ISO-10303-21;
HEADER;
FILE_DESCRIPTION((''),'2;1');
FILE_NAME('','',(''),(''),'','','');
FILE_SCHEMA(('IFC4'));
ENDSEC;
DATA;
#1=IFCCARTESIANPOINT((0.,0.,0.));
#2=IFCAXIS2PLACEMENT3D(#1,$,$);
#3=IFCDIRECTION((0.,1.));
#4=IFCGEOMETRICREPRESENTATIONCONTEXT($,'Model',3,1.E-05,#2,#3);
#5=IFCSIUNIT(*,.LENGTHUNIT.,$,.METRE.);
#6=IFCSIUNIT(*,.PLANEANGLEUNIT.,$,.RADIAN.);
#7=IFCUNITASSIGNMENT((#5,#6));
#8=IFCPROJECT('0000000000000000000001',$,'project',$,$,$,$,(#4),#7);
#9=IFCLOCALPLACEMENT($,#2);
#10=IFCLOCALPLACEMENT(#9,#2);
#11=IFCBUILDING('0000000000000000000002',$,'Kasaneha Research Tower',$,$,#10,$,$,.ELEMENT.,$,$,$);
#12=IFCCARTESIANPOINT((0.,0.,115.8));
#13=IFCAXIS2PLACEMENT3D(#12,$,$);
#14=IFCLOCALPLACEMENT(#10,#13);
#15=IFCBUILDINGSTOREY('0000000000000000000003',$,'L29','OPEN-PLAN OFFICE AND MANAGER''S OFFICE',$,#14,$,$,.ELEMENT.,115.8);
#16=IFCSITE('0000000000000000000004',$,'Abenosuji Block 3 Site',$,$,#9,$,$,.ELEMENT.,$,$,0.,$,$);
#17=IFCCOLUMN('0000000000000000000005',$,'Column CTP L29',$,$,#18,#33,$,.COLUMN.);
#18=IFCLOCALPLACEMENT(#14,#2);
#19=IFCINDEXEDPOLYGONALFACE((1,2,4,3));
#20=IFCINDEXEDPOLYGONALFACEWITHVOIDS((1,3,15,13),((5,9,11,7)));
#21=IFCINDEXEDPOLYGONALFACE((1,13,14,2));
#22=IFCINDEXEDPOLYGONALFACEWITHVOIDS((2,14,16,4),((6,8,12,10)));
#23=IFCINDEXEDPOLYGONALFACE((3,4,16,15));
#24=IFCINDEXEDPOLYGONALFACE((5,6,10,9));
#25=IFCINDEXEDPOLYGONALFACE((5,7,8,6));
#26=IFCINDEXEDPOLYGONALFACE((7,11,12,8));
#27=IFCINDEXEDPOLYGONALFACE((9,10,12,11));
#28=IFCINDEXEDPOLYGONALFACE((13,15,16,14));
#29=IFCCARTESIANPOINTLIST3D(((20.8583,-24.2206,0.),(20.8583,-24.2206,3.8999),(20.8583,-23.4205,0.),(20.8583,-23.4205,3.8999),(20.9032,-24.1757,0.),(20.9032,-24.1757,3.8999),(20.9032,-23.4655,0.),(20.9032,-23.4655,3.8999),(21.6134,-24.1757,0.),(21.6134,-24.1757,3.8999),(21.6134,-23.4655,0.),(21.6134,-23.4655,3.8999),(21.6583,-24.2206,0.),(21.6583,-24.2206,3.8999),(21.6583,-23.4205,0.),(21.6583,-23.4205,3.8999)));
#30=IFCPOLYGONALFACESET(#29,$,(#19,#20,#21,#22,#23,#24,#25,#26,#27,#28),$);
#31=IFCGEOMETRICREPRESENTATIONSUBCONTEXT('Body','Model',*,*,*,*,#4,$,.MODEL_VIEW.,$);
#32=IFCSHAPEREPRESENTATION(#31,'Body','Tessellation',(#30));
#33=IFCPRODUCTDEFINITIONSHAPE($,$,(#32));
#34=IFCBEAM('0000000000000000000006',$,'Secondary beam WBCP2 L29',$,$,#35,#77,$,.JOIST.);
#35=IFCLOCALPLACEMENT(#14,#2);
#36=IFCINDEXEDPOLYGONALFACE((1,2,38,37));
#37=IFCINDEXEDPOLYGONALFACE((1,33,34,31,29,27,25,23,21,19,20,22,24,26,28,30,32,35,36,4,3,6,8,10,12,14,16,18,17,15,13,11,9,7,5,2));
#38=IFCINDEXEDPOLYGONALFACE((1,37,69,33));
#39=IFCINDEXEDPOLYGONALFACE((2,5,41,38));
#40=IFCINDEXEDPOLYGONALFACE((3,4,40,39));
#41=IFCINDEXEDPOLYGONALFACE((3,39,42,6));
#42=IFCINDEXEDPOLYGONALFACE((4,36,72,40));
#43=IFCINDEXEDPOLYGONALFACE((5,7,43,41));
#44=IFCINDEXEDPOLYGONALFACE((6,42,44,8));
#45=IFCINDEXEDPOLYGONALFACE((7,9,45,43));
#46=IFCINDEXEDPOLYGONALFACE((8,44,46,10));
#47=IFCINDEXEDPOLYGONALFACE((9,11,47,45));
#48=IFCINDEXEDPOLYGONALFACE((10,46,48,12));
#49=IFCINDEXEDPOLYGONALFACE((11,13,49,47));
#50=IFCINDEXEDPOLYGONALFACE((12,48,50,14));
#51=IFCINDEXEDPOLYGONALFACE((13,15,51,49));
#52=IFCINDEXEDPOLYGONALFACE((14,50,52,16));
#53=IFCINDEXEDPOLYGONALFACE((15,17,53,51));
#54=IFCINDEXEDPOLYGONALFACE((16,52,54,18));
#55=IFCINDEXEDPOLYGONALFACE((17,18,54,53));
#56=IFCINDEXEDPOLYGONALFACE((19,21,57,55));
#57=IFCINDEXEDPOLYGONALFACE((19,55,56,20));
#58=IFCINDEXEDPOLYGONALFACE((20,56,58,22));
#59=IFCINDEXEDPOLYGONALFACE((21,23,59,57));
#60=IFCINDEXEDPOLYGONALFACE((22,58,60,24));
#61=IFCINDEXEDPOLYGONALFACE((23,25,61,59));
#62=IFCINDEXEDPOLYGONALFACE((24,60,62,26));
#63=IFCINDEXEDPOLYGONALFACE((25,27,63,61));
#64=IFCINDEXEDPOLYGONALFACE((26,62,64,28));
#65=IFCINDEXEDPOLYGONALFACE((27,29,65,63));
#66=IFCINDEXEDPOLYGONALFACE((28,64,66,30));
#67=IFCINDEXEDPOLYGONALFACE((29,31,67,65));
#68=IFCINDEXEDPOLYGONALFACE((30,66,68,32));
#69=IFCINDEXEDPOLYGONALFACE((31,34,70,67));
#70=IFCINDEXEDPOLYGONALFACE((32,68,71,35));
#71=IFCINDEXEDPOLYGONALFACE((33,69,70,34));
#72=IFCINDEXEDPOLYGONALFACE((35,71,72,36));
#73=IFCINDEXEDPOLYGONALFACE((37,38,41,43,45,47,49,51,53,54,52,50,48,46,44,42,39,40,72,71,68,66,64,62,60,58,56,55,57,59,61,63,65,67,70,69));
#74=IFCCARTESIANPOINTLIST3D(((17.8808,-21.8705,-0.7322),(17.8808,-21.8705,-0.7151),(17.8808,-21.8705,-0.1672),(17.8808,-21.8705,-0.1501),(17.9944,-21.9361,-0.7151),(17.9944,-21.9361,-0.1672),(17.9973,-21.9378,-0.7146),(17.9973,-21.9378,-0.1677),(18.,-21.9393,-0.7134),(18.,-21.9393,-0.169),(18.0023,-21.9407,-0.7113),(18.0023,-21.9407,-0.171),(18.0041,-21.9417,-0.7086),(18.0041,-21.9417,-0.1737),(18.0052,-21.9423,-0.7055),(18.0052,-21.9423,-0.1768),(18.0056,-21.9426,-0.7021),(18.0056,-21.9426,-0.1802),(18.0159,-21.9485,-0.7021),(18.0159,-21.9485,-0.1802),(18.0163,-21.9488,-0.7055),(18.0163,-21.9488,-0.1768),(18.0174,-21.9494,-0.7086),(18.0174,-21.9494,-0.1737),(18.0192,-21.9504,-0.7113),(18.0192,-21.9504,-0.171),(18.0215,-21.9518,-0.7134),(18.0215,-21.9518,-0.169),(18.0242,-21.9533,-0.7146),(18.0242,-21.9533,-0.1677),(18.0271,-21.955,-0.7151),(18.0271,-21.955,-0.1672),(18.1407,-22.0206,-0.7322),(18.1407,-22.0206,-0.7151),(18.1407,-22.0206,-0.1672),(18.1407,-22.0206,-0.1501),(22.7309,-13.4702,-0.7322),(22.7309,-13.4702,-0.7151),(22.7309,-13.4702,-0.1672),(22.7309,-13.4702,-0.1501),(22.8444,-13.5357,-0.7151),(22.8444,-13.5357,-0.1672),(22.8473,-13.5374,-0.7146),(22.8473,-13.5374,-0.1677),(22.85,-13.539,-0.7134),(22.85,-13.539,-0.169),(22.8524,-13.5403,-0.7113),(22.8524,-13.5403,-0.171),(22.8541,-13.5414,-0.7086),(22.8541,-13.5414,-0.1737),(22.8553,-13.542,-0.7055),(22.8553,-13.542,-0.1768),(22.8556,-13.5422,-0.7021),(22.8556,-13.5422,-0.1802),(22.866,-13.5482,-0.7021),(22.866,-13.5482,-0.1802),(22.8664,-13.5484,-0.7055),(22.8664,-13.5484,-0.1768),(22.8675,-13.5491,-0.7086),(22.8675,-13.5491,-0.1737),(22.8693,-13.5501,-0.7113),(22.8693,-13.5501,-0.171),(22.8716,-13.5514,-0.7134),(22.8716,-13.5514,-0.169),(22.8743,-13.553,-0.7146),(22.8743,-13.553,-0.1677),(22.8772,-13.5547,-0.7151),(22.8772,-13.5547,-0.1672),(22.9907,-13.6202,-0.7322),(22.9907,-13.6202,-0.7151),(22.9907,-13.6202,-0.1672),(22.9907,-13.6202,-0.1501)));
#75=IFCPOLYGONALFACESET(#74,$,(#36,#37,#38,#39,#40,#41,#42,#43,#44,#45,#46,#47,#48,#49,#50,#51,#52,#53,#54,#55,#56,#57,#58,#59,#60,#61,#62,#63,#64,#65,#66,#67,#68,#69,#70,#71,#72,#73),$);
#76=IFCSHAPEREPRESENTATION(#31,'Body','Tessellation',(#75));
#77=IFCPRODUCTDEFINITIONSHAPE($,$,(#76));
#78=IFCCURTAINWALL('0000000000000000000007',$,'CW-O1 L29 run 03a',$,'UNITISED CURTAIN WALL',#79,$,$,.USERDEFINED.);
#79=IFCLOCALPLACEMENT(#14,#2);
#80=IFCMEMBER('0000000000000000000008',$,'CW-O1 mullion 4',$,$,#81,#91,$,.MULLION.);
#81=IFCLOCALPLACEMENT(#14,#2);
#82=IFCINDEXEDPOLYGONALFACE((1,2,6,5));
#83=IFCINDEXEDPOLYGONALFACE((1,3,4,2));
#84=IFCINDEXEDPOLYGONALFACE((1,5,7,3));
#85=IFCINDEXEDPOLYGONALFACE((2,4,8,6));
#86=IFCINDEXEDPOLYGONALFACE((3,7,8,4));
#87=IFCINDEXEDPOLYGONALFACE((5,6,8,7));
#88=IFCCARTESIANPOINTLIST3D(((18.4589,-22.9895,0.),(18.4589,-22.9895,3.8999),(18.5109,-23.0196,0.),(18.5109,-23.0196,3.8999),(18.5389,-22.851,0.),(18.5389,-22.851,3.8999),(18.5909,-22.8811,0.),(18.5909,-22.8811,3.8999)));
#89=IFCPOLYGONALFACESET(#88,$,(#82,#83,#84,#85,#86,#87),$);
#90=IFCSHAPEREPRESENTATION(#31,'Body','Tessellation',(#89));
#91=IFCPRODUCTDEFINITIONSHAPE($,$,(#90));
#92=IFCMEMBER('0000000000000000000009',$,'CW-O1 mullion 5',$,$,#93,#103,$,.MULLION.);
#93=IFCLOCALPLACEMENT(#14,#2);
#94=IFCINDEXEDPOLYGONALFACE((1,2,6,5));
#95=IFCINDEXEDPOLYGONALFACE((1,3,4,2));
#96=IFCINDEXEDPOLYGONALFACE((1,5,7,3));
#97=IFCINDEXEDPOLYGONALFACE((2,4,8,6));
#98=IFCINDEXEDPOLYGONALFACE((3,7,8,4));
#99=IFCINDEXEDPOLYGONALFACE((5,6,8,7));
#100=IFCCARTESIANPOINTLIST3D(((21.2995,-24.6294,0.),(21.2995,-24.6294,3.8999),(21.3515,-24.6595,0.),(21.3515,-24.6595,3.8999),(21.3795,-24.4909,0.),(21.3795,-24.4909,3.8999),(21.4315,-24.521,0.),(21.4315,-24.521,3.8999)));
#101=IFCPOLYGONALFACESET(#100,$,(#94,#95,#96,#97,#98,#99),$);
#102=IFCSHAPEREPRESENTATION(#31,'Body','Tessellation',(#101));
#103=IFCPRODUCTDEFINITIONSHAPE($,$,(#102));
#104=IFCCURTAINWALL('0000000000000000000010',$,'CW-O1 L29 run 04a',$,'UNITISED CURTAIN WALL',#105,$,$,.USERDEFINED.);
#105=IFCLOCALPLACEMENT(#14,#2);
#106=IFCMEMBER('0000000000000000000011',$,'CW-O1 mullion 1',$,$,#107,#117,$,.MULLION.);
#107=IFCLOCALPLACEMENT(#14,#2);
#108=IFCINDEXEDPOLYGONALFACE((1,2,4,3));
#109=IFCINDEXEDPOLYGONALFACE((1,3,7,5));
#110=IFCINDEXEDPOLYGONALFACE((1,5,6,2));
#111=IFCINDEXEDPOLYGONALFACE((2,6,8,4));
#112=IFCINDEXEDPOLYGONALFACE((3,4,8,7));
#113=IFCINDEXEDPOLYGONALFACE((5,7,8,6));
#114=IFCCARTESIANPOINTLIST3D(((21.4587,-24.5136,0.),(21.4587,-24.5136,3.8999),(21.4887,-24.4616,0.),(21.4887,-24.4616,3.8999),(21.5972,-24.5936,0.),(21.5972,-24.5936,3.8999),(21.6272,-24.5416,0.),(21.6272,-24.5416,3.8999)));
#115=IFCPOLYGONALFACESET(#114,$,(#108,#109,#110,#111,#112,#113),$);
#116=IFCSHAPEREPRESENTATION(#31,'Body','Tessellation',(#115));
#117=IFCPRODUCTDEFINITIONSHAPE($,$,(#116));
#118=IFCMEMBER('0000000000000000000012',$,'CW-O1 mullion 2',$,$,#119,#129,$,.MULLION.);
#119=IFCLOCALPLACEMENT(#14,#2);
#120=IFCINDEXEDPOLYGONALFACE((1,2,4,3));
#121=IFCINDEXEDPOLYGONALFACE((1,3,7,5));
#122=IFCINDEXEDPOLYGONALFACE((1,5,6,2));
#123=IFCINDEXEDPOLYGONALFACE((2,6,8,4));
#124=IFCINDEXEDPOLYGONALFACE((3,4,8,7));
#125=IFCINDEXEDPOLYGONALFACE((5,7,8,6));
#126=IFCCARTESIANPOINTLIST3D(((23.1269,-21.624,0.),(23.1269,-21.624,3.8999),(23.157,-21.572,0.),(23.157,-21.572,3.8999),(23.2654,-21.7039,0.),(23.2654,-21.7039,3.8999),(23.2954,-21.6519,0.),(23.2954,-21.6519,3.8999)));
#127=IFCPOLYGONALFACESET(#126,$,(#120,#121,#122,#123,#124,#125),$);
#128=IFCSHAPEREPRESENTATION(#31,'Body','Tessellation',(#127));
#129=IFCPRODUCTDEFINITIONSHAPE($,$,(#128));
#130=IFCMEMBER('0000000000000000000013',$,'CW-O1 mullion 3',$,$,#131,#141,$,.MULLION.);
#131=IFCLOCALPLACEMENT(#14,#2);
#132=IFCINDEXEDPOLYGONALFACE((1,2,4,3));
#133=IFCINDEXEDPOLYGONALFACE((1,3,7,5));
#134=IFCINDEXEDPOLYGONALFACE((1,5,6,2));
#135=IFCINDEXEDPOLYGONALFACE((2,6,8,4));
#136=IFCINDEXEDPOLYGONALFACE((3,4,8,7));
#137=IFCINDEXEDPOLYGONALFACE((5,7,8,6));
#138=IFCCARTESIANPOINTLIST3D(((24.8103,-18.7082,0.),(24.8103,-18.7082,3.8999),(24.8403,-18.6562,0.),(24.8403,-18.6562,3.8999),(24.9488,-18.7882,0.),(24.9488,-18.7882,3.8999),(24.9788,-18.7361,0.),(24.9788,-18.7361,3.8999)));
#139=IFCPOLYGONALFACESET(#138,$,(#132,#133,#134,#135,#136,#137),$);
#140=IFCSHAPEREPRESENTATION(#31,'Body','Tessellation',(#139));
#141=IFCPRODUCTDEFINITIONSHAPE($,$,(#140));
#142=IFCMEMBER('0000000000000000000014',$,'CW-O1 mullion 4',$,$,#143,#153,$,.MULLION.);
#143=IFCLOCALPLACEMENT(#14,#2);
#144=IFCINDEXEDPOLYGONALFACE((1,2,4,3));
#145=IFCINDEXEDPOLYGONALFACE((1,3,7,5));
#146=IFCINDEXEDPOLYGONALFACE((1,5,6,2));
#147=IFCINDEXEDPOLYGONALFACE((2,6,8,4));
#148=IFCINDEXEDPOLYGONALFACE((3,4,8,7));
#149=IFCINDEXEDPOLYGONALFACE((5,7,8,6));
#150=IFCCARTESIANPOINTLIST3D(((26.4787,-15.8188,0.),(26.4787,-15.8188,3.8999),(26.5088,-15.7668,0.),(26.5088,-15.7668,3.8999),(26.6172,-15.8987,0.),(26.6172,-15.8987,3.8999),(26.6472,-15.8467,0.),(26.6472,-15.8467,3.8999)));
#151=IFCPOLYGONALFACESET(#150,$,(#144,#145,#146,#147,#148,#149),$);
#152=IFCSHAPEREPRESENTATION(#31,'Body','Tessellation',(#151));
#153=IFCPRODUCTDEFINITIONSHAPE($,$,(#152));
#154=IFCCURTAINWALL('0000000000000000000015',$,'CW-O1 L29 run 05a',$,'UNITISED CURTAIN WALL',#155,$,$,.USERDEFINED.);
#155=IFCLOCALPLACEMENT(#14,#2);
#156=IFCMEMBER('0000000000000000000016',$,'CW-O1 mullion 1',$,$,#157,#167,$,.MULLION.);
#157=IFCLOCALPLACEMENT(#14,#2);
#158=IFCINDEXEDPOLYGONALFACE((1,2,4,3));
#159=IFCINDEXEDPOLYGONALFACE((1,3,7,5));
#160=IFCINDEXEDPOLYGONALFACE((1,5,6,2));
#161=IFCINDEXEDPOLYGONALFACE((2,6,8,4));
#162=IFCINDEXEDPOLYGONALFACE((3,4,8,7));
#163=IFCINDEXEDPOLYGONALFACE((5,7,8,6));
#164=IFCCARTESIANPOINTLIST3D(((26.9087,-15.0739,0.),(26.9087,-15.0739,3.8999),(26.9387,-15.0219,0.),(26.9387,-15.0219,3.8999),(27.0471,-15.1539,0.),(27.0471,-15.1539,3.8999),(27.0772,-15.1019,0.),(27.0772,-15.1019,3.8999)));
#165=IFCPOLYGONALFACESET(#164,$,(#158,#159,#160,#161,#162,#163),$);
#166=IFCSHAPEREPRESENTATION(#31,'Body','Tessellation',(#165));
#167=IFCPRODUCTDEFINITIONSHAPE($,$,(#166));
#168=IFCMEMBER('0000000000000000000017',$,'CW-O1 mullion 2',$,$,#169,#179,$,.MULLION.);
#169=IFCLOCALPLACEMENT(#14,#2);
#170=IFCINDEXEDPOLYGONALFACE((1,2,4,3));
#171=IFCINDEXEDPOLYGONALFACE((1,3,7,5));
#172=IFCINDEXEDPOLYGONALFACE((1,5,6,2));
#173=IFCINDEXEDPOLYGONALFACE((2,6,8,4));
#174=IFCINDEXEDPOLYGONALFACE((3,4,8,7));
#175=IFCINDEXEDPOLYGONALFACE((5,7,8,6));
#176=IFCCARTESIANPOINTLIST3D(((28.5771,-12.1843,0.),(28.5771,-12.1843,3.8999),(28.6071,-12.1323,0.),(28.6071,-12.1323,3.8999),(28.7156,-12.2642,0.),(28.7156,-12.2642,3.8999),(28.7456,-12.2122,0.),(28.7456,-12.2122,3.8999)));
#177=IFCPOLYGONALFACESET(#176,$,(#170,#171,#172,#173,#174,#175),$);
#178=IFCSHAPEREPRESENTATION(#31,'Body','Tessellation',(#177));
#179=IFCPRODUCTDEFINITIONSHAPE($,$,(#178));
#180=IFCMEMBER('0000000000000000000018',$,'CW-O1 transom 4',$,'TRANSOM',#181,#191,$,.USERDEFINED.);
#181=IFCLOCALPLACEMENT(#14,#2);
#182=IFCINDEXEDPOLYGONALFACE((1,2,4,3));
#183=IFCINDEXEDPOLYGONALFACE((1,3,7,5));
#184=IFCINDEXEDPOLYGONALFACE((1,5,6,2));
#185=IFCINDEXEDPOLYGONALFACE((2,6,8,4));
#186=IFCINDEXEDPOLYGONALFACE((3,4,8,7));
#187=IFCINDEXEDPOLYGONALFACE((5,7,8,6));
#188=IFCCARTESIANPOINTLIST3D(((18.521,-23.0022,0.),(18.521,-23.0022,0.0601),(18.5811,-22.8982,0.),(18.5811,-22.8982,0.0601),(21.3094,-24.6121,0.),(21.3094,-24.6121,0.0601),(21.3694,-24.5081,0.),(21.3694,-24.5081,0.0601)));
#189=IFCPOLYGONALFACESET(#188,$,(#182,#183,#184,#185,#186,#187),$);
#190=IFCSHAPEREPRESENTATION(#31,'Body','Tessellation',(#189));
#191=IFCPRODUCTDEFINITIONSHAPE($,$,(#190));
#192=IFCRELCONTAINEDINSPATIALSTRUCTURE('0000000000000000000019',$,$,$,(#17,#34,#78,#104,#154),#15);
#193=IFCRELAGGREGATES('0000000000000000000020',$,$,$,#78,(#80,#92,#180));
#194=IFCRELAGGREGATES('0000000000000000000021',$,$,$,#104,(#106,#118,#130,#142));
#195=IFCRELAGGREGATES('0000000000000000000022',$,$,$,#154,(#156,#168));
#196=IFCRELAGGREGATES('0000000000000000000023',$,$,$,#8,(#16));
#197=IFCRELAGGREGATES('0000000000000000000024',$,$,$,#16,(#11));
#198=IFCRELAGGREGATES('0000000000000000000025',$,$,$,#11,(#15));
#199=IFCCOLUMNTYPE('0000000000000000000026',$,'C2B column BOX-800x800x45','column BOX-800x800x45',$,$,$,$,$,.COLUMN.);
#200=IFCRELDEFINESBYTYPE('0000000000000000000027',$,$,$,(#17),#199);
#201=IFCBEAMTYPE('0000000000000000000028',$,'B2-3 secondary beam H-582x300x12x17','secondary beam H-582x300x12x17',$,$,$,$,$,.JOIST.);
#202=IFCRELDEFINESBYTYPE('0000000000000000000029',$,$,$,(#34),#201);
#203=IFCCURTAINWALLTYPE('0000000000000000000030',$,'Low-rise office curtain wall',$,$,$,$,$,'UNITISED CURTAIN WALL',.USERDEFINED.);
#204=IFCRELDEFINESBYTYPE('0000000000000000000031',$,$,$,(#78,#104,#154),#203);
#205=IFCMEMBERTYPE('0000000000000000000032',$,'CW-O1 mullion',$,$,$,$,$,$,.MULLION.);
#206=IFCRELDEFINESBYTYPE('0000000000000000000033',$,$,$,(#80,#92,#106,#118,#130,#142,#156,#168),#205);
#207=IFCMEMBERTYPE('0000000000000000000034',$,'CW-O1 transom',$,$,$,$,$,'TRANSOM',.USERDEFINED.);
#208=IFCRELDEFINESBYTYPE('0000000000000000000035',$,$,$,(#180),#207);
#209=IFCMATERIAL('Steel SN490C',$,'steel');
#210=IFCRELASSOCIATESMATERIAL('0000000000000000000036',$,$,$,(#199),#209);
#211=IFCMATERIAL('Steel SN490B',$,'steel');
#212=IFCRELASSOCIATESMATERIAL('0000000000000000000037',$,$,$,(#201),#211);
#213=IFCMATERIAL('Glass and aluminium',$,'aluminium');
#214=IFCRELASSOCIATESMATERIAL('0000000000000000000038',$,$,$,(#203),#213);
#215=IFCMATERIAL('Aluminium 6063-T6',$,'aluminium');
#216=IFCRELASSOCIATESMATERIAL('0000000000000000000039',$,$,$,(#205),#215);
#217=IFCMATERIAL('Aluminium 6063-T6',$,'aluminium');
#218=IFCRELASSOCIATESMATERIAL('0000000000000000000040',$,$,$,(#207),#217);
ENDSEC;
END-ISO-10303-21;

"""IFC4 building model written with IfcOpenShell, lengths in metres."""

from ifc_helpers import new_model, si_unit, direction, frame, origin, origin_2d, place, context, subcontext, project, spatial, rectangle, hollow_rectangle, i_section, extrude, material, material_profile, profile_set, type_object, element, aggregate, save


model = new_model("IFC4")

# Units and contexts
model_context = context("Model", 3, precision=1e-05, world=origin(), true_north=direction((0.0, 1.0)))
body_context = subcontext(model_context, "Body", "Model", "MODEL_VIEW")
ifc_project = project(units=[si_unit("LENGTHUNIT", "METRE"), si_unit("PLANEANGLEUNIT", "RADIAN")], contexts=[model_context])

# Site, building, storey
site_placement = place(None, origin())
site = spatial("IfcSite", under=ifc_project, at=site_placement, Name="Abenosuji Block 3 Site", CompositionType="ELEMENT", RefElevation=0.0)
building_placement = place(site_placement, origin())
building = spatial("IfcBuilding", under=site, at=building_placement, Name="Kasaneha Research Tower", CompositionType="ELEMENT")
storey_placement = place(building_placement, frame((0.0, 0.0, 115.8)))
storey = spatial("IfcBuildingStorey", under=building, at=storey_placement, Name="L29", Description="OPEN-PLAN OFFICE AND MANAGER'S OFFICE", CompositionType="ELEMENT", Elevation=115.8)

# Column
ifc_material_1 = material(Name="Steel SN490C", Category="steel")
ifc_material_profile_1 = material_profile(ifc_material_1, hollow_rectangle(XDim=0.8, YDim=0.8, WallThickness=0.0449, at=origin_2d()), Name="BOX-800x800x45")
ifc_profile_set_1 = profile_set([ifc_material_profile_1], Name="Steel SN490C")
column_type = type_object("IfcColumnType", Name="C2B column BOX-800x800x45", Description="column BOX-800x800x45", PredefinedType="COLUMN", material=ifc_profile_set_1)
column_placement = place(storey_placement, frame((21.2583, -23.8206, 0.0), z_axis=(0.0, 0.0, 1.0), x_axis=(1.0, 0.0, 0.0)))
element("IfcColumn", 1, at=column_placement, inside=storey, type_object=column_type, Name="Column CTP L29", PredefinedType="COLUMN", context=body_context, shape_type="SweptSolid", body=[
    extrude(hollow_rectangle(XDim=0.8, YDim=0.8, WallThickness=0.0449, at=origin_2d()), origin(), (0.0, 0.0, 1.0), 3.8999),
])

# Beam
ifc_material_2 = material(Name="Steel SN490B", Category="steel")
ifc_material_profile_2 = material_profile(ifc_material_2, i_section(OverallWidth=0.3, OverallDepth=0.582, WebThickness=0.012, FlangeThickness=0.0171, FilletRadius=0.0129, at=origin_2d()), Name="H-582x300x12x17")
ifc_profile_set_2 = profile_set([ifc_material_profile_2], Name="Steel SN490B")
beam_type_1 = type_object("IfcBeamType", Name="B2-3 secondary beam H-582x300x12x17", Description="secondary beam H-582x300x12x17", PredefinedType="JOIST", material=ifc_profile_set_2)
beam_1_placement = place(storey_placement, frame((18.0107, -21.9456, -0.4412), z_axis=(0.50001, 0.86602, 0.0), x_axis=(-0.86602, 0.50001, 0.0)))
element("IfcBeam", 2, at=beam_1_placement, inside=storey, type_object=beam_type_1, Name="Secondary beam WBCP2 L29", PredefinedType="JOIST", context=body_context, shape_type="SweptSolid", body=[
    extrude(i_section(OverallWidth=0.3, OverallDepth=0.582, WebThickness=0.012, FlangeThickness=0.0171, FilletRadius=0.0129, at=origin_2d()), origin(), (0.0, 0.0, 1.0), 9.7),
])

# Curtain walls, members
ifc_material_3 = material(Name="Glass and aluminium", Category="aluminium")
curtain_wall_type = type_object("IfcCurtainWallType", Name="Low-rise office curtain wall", ElementType="UNITISED CURTAIN WALL", PredefinedType="USERDEFINED", material=ifc_material_3)
curtain_wall_1_placement = place(storey_placement, origin())
curtain_wall_1 = element("IfcCurtainWall", 3, at=curtain_wall_1_placement, inside=storey, type_object=curtain_wall_type, Name="CW-O1 L29 run 03a", ObjectType="UNITISED CURTAIN WALL", PredefinedType="USERDEFINED")
ifc_material_4 = material(Name="Aluminium 6063-T6", Category="aluminium")
ifc_material_profile_3 = material_profile(ifc_material_4, rectangle(XDim=0.0601, YDim=0.1599, at=origin_2d()), Name="CW-O1 mullion 60x160")
ifc_profile_set_3 = profile_set([ifc_material_profile_3], Name="Aluminium 6063-T6")
member_type_1 = type_object("IfcMemberType", Name="CW-O1 mullion", PredefinedType="MULLION", material=ifc_profile_set_3)
member_1_placement = place(storey_placement, frame((18.5249, -22.9353, 0.0), z_axis=(0.0, 0.0, 1.0), x_axis=(0.866025, -0.5, 0.0)))
member_1 = element("IfcMember", 4, at=member_1_placement, type_object=member_type_1, Name="CW-O1 mullion 4", PredefinedType="MULLION", context=body_context, shape_type="SweptSolid", body=[
    extrude(rectangle(XDim=0.0601, YDim=0.1599, at=origin_2d()), origin(), (0.0, 0.0, 1.0), 3.8999),
])
member_2_placement = place(storey_placement, frame((21.3655, -24.5752, 0.0), z_axis=(0.0, 0.0, 1.0), x_axis=(0.866025, -0.5, 0.0)))
member_2 = element("IfcMember", 5, at=member_2_placement, type_object=member_type_1, Name="CW-O1 mullion 5", PredefinedType="MULLION", context=body_context, shape_type="SweptSolid", body=[
    extrude(rectangle(XDim=0.0601, YDim=0.1599, at=origin_2d()), origin(), (0.0, 0.0, 1.0), 3.8999),
])
curtain_wall_2_placement = place(storey_placement, origin())
curtain_wall_2 = element("IfcCurtainWall", 6, at=curtain_wall_2_placement, inside=storey, type_object=curtain_wall_type, Name="CW-O1 L29 run 04a", ObjectType="UNITISED CURTAIN WALL", PredefinedType="USERDEFINED")
member_3_placement = place(storey_placement, frame((21.543, -24.5276, 0.0), z_axis=(0.0, 0.0, 1.0), x_axis=(0.5, 0.866025, 0.0)))
member_3 = element("IfcMember", 7, at=member_3_placement, type_object=member_type_1, Name="CW-O1 mullion 1", PredefinedType="MULLION", context=body_context, shape_type="SweptSolid", body=[
    extrude(rectangle(XDim=0.0601, YDim=0.1599, at=origin_2d()), origin(), (0.0, 0.0, 1.0), 3.8999),
])
member_4_placement = place(storey_placement, frame((23.2112, -21.6379, 0.0), z_axis=(0.0, 0.0, 1.0), x_axis=(0.5, 0.866025, 0.0)))
member_4 = element("IfcMember", 8, at=member_4_placement, type_object=member_type_1, Name="CW-O1 mullion 2", PredefinedType="MULLION", context=body_context, shape_type="SweptSolid", body=[
    extrude(rectangle(XDim=0.0601, YDim=0.1599, at=origin_2d()), origin(), (0.0, 0.0, 1.0), 3.8999),
])
member_5_placement = place(storey_placement, frame((24.8945, -18.7222, 0.0), z_axis=(0.0, 0.0, 1.0), x_axis=(0.5, 0.866025, 0.0)))
member_5 = element("IfcMember", 9, at=member_5_placement, type_object=member_type_1, Name="CW-O1 mullion 3", PredefinedType="MULLION", context=body_context, shape_type="SweptSolid", body=[
    extrude(rectangle(XDim=0.0601, YDim=0.1599, at=origin_2d()), origin(), (0.0, 0.0, 1.0), 3.8999),
])
member_6_placement = place(storey_placement, frame((26.563, -15.8328, 0.0), z_axis=(0.0, 0.0, 1.0), x_axis=(0.5, 0.866025, 0.0)))
member_6 = element("IfcMember", 10, at=member_6_placement, type_object=member_type_1, Name="CW-O1 mullion 4", PredefinedType="MULLION", context=body_context, shape_type="SweptSolid", body=[
    extrude(rectangle(XDim=0.0601, YDim=0.1599, at=origin_2d()), origin(), (0.0, 0.0, 1.0), 3.8999),
])
curtain_wall_3_placement = place(storey_placement, origin())
curtain_wall_3 = element("IfcCurtainWall", 11, at=curtain_wall_3_placement, inside=storey, type_object=curtain_wall_type, Name="CW-O1 L29 run 05a", ObjectType="UNITISED CURTAIN WALL", PredefinedType="USERDEFINED")
member_7_placement = place(storey_placement, frame((26.9929, -15.0879, 0.0), z_axis=(0.0, 0.0, 1.0), x_axis=(0.5, 0.866025, 0.0)))
member_7 = element("IfcMember", 12, at=member_7_placement, type_object=member_type_1, Name="CW-O1 mullion 1", PredefinedType="MULLION", context=body_context, shape_type="SweptSolid", body=[
    extrude(rectangle(XDim=0.0601, YDim=0.1599, at=origin_2d()), origin(), (0.0, 0.0, 1.0), 3.8999),
])
member_8_placement = place(storey_placement, frame((28.6614, -12.1982, 0.0), z_axis=(0.0, 0.0, 1.0), x_axis=(0.5, 0.866025, 0.0)))
member_8 = element("IfcMember", 13, at=member_8_placement, type_object=member_type_1, Name="CW-O1 mullion 2", PredefinedType="MULLION", context=body_context, shape_type="SweptSolid", body=[
    extrude(rectangle(XDim=0.0601, YDim=0.1599, at=origin_2d()), origin(), (0.0, 0.0, 1.0), 3.8999),
])

# Member
ifc_material_5 = material(Name="Aluminium 6063-T6", Category="aluminium")
ifc_material_profile_4 = material_profile(ifc_material_5, rectangle(XDim=0.1201, YDim=0.0601, at=origin_2d()), Name="CW-O1 transom 120x60")
ifc_profile_set_4 = profile_set([ifc_material_profile_4], Name="Aluminium 6063-T6")
member_type_2 = type_object("IfcMemberType", Name="CW-O1 transom", ElementType="TRANSOM", PredefinedType="USERDEFINED", material=ifc_profile_set_4)
member_9_placement = place(storey_placement, frame((18.551, -22.9502, 0.03), z_axis=(0.866023, -0.500005, 0.0), x_axis=(0.500005, 0.866023, 0.0)))
member_9 = element("IfcMember", 14, at=member_9_placement, type_object=member_type_2, Name="CW-O1 transom 4", ObjectType="TRANSOM", PredefinedType="USERDEFINED", context=body_context, shape_type="SweptSolid", body=[
    extrude(rectangle(XDim=0.1201, YDim=0.0601, at=origin_2d()), origin(), (0.0, 0.0, 1.0), 3.2197),
])

aggregate(curtain_wall_1, [member_1, member_2, member_9])
aggregate(curtain_wall_2, [member_3, member_4, member_5, member_6])
aggregate(curtain_wall_3, [member_7, member_8])

save(model, "model.ifc")
